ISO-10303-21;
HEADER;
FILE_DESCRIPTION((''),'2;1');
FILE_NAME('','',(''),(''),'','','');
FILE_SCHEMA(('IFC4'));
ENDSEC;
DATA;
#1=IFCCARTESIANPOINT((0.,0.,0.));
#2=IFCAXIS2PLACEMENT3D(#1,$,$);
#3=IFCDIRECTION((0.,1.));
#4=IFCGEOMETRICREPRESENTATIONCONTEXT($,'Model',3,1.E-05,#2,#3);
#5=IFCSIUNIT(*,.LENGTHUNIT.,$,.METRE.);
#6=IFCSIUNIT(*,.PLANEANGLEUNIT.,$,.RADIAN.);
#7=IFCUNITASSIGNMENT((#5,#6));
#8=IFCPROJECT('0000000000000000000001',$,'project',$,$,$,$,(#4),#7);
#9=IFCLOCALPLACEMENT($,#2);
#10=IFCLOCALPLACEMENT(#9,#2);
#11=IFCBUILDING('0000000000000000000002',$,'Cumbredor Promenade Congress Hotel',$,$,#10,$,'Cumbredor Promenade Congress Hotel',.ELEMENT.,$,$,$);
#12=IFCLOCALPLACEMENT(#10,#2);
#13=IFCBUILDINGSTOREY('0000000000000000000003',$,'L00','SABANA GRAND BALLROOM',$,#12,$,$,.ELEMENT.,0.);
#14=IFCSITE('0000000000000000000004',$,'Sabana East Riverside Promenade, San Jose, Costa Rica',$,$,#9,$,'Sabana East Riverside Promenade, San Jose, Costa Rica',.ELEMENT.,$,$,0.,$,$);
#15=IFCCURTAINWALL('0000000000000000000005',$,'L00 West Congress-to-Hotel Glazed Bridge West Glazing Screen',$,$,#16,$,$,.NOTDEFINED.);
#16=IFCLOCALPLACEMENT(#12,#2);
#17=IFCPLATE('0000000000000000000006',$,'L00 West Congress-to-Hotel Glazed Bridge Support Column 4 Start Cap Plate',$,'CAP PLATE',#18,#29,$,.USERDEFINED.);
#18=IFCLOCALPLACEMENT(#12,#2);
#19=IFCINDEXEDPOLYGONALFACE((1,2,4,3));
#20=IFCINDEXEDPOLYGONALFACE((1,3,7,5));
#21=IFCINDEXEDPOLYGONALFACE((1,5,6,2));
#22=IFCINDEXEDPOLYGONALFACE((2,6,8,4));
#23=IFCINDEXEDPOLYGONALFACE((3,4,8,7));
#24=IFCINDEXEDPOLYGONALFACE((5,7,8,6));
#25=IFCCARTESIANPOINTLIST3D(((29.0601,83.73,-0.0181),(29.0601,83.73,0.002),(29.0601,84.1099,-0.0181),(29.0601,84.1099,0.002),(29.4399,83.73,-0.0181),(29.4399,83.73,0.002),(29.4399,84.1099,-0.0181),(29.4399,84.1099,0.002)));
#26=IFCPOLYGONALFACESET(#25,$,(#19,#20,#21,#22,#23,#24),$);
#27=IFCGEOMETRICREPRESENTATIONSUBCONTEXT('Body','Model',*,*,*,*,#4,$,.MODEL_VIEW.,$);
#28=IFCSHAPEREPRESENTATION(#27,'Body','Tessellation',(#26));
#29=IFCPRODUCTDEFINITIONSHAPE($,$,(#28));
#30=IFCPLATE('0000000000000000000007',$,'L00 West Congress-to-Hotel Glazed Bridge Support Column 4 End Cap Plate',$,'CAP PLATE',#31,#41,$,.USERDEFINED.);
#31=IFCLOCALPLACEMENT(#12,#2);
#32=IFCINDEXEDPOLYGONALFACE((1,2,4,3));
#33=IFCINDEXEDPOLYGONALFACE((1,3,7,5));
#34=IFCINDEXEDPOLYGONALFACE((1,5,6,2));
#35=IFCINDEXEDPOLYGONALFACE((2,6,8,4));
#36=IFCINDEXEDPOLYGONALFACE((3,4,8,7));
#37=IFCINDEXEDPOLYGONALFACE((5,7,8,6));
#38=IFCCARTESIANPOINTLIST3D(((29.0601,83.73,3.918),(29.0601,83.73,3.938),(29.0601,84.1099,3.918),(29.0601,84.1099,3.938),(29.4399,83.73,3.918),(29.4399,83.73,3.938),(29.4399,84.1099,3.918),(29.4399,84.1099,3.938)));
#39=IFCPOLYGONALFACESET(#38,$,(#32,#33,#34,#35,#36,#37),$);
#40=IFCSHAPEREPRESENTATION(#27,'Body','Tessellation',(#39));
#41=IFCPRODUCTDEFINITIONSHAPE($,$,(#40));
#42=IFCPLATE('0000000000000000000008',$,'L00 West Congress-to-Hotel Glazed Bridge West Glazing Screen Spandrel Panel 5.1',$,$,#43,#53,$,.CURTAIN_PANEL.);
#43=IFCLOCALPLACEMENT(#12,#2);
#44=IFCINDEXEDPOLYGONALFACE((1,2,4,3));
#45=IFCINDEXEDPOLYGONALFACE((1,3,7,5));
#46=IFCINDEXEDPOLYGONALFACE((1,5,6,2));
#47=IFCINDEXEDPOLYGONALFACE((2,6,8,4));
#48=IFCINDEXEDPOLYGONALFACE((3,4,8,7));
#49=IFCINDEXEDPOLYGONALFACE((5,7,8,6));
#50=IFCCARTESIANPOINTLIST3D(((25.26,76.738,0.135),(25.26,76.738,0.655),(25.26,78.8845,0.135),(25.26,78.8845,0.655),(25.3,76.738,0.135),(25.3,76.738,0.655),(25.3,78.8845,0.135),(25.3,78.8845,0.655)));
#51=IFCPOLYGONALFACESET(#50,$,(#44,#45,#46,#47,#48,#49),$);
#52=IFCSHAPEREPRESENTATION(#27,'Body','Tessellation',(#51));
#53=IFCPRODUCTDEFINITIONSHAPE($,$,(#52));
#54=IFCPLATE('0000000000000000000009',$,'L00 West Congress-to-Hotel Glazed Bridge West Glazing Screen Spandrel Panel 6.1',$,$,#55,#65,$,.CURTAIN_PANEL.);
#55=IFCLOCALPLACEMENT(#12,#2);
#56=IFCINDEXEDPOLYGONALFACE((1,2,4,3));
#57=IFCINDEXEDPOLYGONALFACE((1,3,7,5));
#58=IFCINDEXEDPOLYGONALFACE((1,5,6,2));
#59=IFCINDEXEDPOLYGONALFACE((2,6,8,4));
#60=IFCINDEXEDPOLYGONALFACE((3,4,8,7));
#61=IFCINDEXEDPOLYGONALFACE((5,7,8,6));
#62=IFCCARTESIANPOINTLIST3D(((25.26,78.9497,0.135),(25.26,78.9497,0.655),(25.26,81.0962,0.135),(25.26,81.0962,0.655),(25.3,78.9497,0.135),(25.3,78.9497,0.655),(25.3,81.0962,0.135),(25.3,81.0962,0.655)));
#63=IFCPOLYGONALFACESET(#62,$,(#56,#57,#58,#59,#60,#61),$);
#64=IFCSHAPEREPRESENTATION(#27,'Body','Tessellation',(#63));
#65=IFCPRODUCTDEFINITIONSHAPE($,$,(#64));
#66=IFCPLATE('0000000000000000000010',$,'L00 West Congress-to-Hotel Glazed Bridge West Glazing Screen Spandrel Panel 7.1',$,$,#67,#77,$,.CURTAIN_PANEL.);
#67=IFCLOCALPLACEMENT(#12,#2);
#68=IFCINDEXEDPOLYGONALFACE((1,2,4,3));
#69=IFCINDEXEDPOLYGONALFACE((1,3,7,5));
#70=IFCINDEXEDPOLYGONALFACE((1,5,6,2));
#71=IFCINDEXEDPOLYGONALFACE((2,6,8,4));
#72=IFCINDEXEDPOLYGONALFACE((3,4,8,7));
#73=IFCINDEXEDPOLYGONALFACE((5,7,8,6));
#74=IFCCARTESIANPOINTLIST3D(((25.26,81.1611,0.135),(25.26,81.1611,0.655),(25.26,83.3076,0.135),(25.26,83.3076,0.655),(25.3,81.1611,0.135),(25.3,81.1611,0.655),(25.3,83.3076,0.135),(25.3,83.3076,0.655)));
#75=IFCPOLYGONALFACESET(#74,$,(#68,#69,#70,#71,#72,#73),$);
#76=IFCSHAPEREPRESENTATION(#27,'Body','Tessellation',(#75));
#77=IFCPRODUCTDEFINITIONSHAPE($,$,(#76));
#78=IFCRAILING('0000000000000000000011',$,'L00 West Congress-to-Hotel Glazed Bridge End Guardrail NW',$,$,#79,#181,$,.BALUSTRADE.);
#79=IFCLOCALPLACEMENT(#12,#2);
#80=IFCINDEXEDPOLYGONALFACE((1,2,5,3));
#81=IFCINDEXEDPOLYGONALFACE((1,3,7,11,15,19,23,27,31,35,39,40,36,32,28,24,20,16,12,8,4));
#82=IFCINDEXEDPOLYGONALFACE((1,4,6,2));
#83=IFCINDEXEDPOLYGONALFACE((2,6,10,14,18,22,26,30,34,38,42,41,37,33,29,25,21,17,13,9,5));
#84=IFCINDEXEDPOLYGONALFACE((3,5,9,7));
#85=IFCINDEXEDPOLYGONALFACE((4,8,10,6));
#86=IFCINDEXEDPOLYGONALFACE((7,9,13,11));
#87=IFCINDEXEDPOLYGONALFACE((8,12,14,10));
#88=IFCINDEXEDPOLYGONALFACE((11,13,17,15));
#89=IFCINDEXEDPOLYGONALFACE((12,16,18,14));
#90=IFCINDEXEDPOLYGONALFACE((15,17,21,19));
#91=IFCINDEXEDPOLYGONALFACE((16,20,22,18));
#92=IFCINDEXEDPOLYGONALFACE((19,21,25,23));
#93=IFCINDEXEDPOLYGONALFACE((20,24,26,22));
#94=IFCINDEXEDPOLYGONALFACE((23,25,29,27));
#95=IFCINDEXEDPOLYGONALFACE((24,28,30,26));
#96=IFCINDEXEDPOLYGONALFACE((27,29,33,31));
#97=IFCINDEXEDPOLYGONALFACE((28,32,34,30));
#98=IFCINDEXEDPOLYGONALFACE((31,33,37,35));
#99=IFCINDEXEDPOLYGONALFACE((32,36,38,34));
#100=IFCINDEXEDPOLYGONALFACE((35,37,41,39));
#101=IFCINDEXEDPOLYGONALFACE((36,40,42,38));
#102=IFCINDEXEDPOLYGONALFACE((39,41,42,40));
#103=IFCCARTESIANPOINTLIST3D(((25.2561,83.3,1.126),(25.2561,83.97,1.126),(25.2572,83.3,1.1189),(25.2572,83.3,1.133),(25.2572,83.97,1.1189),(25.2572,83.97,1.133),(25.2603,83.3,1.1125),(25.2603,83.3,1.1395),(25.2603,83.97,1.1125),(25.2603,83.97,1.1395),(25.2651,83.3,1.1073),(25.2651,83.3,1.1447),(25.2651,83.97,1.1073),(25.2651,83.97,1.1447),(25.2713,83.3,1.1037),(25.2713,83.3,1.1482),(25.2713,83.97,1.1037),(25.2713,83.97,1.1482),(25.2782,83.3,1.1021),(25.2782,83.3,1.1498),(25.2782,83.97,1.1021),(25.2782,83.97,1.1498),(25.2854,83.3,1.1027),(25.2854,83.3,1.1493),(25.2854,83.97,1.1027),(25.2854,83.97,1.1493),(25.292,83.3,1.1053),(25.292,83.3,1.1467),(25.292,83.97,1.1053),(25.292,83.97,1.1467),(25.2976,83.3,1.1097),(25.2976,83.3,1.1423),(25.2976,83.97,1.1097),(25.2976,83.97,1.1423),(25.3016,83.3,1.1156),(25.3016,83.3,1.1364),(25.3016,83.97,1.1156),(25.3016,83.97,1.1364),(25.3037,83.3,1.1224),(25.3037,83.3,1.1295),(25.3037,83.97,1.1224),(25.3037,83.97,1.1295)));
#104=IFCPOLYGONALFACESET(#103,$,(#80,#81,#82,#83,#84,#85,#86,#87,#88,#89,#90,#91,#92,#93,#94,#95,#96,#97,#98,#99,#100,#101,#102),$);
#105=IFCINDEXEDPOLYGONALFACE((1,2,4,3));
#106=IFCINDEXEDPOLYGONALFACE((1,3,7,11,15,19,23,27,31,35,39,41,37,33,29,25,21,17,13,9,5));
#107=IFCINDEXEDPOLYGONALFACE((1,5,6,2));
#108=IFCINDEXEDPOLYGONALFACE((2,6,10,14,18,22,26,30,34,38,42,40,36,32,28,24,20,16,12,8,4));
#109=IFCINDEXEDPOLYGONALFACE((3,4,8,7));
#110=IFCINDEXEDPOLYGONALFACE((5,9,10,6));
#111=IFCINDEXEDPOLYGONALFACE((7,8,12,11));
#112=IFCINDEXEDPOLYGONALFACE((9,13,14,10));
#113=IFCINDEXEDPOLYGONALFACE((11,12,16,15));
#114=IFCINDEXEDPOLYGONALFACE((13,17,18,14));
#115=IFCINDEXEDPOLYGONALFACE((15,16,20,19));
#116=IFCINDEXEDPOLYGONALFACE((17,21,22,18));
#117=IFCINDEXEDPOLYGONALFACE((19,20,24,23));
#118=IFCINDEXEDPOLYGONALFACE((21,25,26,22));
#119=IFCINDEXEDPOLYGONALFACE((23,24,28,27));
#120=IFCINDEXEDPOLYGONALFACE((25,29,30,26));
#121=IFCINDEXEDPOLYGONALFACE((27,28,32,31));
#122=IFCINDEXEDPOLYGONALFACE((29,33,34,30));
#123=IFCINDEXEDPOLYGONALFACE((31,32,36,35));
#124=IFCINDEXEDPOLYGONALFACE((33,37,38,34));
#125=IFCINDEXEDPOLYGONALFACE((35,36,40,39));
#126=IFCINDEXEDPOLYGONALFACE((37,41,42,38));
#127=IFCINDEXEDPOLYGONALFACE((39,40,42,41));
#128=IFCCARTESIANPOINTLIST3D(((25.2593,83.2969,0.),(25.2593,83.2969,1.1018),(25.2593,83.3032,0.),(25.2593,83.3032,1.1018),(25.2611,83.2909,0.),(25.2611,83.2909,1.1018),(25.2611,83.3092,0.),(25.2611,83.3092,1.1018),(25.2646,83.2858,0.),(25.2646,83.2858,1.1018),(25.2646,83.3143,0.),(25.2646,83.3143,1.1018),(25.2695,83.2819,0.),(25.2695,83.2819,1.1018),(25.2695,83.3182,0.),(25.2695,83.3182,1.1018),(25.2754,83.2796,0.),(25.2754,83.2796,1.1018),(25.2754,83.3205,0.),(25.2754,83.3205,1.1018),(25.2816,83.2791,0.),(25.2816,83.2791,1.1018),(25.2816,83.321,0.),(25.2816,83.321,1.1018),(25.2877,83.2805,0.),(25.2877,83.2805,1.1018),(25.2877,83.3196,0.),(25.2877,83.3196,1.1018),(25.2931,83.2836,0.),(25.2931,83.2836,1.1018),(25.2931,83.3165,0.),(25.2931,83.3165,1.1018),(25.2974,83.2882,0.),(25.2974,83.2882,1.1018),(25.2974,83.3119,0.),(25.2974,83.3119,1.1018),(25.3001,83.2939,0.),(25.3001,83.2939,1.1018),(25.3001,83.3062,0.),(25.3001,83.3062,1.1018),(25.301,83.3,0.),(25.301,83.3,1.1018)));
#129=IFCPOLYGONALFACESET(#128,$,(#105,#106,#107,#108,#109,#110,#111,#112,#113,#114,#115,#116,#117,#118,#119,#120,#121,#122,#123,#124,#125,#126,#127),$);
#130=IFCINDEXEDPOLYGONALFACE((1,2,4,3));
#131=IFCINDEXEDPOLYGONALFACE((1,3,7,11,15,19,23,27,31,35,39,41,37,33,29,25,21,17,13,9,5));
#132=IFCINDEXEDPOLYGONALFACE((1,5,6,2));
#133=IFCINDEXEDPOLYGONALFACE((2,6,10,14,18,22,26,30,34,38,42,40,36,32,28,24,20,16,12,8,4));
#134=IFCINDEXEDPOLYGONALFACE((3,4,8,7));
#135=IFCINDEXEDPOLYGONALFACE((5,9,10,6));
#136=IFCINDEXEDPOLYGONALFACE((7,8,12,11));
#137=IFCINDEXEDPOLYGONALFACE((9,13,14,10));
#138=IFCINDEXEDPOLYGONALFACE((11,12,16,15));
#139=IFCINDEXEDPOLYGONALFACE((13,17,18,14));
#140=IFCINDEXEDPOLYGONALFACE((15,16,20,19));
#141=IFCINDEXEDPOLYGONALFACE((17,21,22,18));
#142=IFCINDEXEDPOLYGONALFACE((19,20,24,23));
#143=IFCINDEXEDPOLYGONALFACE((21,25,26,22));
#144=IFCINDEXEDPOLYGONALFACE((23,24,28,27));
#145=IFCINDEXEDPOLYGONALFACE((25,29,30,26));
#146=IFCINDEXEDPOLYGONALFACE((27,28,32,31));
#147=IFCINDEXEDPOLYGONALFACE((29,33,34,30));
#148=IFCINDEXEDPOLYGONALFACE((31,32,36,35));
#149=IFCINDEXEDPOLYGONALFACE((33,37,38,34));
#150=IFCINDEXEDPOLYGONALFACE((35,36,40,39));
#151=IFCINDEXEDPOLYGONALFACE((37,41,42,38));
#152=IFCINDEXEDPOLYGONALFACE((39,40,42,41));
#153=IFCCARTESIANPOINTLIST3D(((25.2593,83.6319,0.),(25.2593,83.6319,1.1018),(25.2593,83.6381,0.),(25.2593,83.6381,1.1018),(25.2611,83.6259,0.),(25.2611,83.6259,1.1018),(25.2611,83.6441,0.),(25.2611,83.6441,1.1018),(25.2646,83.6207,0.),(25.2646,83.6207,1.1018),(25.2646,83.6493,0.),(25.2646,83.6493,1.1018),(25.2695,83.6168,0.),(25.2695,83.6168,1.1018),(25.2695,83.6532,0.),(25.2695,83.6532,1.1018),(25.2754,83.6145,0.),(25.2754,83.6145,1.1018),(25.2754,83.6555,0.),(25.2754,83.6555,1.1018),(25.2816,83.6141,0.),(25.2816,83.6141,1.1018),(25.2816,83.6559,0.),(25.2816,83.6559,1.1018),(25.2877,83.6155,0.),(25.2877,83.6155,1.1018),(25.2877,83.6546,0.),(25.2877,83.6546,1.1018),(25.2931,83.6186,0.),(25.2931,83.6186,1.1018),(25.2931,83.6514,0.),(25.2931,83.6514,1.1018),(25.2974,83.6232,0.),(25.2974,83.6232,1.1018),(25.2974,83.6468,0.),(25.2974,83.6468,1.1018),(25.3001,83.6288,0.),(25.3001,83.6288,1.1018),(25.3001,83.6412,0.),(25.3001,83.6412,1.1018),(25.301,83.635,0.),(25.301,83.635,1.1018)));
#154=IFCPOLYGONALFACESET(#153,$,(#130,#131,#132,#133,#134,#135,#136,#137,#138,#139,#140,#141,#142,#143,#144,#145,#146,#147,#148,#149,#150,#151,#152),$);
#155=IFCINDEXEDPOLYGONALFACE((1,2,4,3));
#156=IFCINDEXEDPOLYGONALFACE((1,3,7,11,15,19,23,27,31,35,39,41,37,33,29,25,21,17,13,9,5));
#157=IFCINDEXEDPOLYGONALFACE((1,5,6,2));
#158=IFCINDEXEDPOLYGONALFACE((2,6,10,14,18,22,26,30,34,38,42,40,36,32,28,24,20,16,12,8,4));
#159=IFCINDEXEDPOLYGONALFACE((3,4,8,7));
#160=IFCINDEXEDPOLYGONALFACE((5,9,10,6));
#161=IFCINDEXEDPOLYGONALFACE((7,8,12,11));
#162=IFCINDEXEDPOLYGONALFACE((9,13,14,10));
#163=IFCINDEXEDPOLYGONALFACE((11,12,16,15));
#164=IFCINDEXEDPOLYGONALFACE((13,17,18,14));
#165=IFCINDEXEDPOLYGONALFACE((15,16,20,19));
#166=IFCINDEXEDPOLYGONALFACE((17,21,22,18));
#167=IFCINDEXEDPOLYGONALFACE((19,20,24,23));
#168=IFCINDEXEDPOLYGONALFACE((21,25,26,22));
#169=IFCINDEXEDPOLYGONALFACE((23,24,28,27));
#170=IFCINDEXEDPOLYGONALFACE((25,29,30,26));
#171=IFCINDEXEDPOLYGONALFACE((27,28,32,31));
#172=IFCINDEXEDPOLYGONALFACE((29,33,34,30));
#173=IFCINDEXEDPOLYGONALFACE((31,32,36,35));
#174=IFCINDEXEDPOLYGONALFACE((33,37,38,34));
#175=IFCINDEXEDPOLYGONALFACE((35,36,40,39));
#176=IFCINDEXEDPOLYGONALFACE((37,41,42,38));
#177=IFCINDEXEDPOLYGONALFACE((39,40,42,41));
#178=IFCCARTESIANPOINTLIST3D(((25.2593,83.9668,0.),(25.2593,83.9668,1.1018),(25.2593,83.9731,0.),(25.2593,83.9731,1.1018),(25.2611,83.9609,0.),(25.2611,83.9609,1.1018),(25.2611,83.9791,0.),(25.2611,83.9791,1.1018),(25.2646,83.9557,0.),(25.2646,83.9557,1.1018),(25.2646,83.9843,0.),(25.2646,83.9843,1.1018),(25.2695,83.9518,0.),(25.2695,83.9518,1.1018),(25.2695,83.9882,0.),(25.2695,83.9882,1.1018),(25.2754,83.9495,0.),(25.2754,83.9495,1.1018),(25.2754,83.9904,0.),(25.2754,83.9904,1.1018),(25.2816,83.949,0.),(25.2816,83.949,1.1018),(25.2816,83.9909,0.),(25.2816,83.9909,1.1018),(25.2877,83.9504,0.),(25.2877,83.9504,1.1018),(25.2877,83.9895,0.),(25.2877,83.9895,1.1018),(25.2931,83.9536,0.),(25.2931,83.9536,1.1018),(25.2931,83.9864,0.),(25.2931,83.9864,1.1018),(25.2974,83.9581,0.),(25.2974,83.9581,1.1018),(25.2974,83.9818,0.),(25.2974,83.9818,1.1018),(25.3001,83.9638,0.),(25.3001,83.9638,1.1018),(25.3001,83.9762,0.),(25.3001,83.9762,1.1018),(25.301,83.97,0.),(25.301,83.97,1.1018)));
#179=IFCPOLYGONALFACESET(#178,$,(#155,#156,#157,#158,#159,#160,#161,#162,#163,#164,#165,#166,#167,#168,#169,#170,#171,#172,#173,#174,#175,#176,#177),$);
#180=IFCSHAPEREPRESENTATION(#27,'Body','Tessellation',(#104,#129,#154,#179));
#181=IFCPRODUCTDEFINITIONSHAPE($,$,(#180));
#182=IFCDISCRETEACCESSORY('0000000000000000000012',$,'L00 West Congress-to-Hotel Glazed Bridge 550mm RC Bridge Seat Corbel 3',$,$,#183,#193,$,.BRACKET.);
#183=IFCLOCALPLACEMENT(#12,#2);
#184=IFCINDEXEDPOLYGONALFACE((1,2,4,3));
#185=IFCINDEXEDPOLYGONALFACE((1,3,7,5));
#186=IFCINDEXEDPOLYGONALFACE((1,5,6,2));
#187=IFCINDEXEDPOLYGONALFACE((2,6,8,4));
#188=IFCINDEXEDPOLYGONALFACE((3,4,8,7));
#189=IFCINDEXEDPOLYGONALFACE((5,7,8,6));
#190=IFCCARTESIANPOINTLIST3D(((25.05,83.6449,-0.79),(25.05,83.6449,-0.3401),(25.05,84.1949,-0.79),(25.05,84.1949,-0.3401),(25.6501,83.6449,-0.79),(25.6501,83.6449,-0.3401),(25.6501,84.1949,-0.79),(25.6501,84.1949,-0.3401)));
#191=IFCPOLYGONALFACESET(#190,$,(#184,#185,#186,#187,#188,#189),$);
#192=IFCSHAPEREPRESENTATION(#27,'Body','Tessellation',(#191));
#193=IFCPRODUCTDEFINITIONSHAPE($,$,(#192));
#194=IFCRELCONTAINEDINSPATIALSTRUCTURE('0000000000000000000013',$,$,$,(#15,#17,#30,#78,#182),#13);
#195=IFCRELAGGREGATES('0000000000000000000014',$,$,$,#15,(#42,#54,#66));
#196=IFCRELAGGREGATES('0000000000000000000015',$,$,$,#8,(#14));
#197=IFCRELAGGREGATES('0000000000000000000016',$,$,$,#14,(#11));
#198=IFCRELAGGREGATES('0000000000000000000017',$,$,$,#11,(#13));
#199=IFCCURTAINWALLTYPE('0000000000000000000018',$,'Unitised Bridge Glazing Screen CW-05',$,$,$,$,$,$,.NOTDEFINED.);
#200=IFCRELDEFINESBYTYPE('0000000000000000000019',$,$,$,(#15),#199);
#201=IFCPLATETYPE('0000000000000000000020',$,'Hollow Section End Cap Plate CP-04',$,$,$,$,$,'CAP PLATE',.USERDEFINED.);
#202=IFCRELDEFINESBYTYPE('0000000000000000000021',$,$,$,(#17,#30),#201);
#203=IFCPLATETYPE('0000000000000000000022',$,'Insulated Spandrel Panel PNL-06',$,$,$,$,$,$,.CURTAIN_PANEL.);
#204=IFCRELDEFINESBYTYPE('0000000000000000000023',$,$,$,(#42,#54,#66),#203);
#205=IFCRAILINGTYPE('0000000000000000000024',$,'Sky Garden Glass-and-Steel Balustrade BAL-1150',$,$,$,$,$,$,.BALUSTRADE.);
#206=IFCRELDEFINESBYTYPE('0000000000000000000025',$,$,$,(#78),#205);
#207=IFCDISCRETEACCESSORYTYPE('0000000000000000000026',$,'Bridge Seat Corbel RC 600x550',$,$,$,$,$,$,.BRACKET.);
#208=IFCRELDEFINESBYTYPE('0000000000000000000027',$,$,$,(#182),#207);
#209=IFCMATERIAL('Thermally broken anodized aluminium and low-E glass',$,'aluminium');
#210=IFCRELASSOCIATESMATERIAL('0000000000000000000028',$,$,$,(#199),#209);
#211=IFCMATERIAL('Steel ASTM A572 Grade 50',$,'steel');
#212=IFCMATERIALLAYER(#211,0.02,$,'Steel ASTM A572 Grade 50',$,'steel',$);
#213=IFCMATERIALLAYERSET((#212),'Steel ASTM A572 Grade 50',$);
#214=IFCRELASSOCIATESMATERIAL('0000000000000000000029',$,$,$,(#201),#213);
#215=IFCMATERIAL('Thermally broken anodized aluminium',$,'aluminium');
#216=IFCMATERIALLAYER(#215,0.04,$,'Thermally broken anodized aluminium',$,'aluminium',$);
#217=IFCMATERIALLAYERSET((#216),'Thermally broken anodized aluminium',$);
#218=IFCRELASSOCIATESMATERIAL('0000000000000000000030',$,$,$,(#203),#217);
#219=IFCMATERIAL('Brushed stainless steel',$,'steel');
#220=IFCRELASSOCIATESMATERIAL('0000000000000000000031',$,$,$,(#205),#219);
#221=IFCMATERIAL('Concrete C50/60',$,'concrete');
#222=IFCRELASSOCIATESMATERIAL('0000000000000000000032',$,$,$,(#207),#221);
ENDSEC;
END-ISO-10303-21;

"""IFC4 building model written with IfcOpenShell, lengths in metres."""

from ifc_helpers import new_model, si_unit, direction, frame, origin, origin_2d, place, context, subcontext, project, spatial, rectangle, circle, extrude, material, layer, layer_set, type_object, element, aggregate, save


model = new_model("IFC4")

# Units and contexts
model_context = context("Model", 3, precision=1e-05, world=origin(), true_north=direction((0.0, 1.0)))
body_context = subcontext(model_context, "Body", "Model", "MODEL_VIEW")
ifc_project = project(units=[si_unit("LENGTHUNIT", "METRE"), si_unit("PLANEANGLEUNIT", "RADIAN")], contexts=[model_context])

# Site, building, storey
site_placement = place(None, origin())
site = spatial("IfcSite", under=ifc_project, at=site_placement, Name="Sabana East Riverside Promenade, San Jose, Costa Rica", LongName="Sabana East Riverside Promenade, San Jose, Costa Rica", CompositionType="ELEMENT", RefElevation=0.0)
building_placement = place(site_placement, origin())
building = spatial("IfcBuilding", under=site, at=building_placement, Name="Cumbredor Promenade Congress Hotel", LongName="Cumbredor Promenade Congress Hotel", CompositionType="ELEMENT")
storey_placement = place(building_placement, origin())
storey = spatial("IfcBuildingStorey", under=building, at=storey_placement, Name="L00", Description="SABANA GRAND BALLROOM", CompositionType="ELEMENT", Elevation=0.0)

# Curtain wall
ifc_material_1 = material(Name="Thermally broken anodized aluminium and low-E glass", Category="aluminium")
curtain_wall_type = type_object("IfcCurtainWallType", Name="Unitised Bridge Glazing Screen CW-05", PredefinedType="NOTDEFINED", material=ifc_material_1)
curtain_wall_placement = place(storey_placement, origin())
curtain_wall = element("IfcCurtainWall", 1, at=curtain_wall_placement, inside=storey, type_object=curtain_wall_type, Name="L00 West Congress-to-Hotel Glazed Bridge West Glazing Screen", PredefinedType="NOTDEFINED")
ifc_material_2 = material(Name="Thermally broken anodized aluminium", Category="aluminium")

# Plates
ifc_material_3 = material(Name="Steel ASTM A572 Grade 50", Category="steel")
ifc_layer_1 = layer(ifc_material_3, 0.02, Name="Steel ASTM A572 Grade 50", Category="steel")
ifc_layer_set_1 = layer_set([ifc_layer_1], Name="Steel ASTM A572 Grade 50")
plate_type_1 = type_object("IfcPlateType", Name="Hollow Section End Cap Plate CP-04", ElementType="CAP PLATE", PredefinedType="USERDEFINED", material=ifc_layer_set_1)
for number, where, z_axis, x_axis, name in (
    (2, (29.25, 83.9199, -0.0181), (0.0, 0.0, 1.0), (1.0, 0.0, 0.0), "L00 West Congress-to-Hotel Glazed Bridge Support Column 4 Start Cap Plate"),
    (3, (29.25, 83.9199, 3.918), (0.0, 0.0, 1.0), (1.0, 0.0, 0.0), "L00 West Congress-to-Hotel Glazed Bridge Support Column 4 End Cap Plate"),
):
    element("IfcPlate", number, at=place(storey_placement, frame(where, z_axis=z_axis, x_axis=x_axis)), inside=storey, type_object=plate_type_1, Name=name, ObjectType="CAP PLATE", PredefinedType="USERDEFINED", context=body_context, shape_type="SweptSolid", body=[
        extrude(rectangle(XDim=0.3799, YDim=0.3799, at=origin_2d()), origin(), (0.0, 0.0, 1.0), 0.02),
    ])

# Plates
ifc_layer_2 = layer(ifc_material_2, 0.04, Name="Thermally broken anodized aluminium", Category="aluminium")
ifc_layer_set_2 = layer_set([ifc_layer_2], Name="Thermally broken anodized aluminium")
plate_type_2 = type_object("IfcPlateType", Name="Insulated Spandrel Panel PNL-06", PredefinedType="CURTAIN_PANEL", material=ifc_layer_set_2)
plate_1_placement = place(storey_placement, frame((25.28, 77.8113, 0.135), z_axis=(0.0, 0.0, 1.0), x_axis=(0.0, 1.0, 0.0)))
plate_1 = element("IfcPlate", 4, at=plate_1_placement, type_object=plate_type_2, Name="L00 West Congress-to-Hotel Glazed Bridge West Glazing Screen Spandrel Panel 5.1", PredefinedType="CURTAIN_PANEL", context=body_context, shape_type="SweptSolid", body=[
    extrude(rectangle(XDim=2.1465, YDim=0.04, at=origin_2d()), origin(), (0.0, 0.0, 1.0), 0.52),
])
plate_2_placement = place(storey_placement, frame((25.28, 80.0229, 0.135), z_axis=(0.0, 0.0, 1.0), x_axis=(0.0, 1.0, 0.0)))
plate_2 = element("IfcPlate", 5, at=plate_2_placement, type_object=plate_type_2, Name="L00 West Congress-to-Hotel Glazed Bridge West Glazing Screen Spandrel Panel 6.1", PredefinedType="CURTAIN_PANEL", context=body_context, shape_type="SweptSolid", body=[
    extrude(rectangle(XDim=2.1465, YDim=0.04, at=origin_2d()), origin(), (0.0, 0.0, 1.0), 0.52),
])
plate_3_placement = place(storey_placement, frame((25.28, 82.2344, 0.135), z_axis=(0.0, 0.0, 1.0), x_axis=(0.0, 1.0, 0.0)))
plate_3 = element("IfcPlate", 6, at=plate_3_placement, type_object=plate_type_2, Name="L00 West Congress-to-Hotel Glazed Bridge West Glazing Screen Spandrel Panel 7.1", PredefinedType="CURTAIN_PANEL", context=body_context, shape_type="SweptSolid", body=[
    extrude(rectangle(XDim=2.1465, YDim=0.04, at=origin_2d()), origin(), (0.0, 0.0, 1.0), 0.52),
])
aggregate(curtain_wall, [plate_1, plate_2, plate_3])

# Railing
ifc_material_4 = material(Name="Brushed stainless steel", Category="steel")
railing_type = type_object("IfcRailingType", Name="Sky Garden Glass-and-Steel Balustrade BAL-1150", PredefinedType="BALUSTRADE", material=ifc_material_4)
railing_placement = place(storey_placement, frame((25.28, 83.3, 0.0)))
element("IfcRailing", 7, at=railing_placement, inside=storey, type_object=railing_type, Name="L00 West Congress-to-Hotel Glazed Bridge End Guardrail NW", PredefinedType="BALUSTRADE", context=body_context, shape_type="SweptSolid", body=[
    extrude(circle(Radius=0.0239, at=origin_2d()), frame((0.0, 0.0, 1.126), z_axis=(0.0, 1.0, 0.0), x_axis=(-1.0, 0.0, 0.0)), (0.0, 0.0, 1.0), 0.6699),
    extrude(circle(Radius=0.021, at=origin_2d()), origin(), (0.0, 0.0, 1.0), 1.1018),
    extrude(circle(Radius=0.021, at=origin_2d()), frame((0.0, 0.335, 0.0)), (0.0, 0.0, 1.0), 1.1018),
    extrude(circle(Radius=0.021, at=origin_2d()), frame((0.0, 0.6699, 0.0)), (0.0, 0.0, 1.0), 1.1018),
])

# Discrete accessory
ifc_material_5 = material(Name="Concrete C50/60", Category="concrete")
discrete_accessory_type_1 = type_object("IfcDiscreteAccessoryType", Name="Bridge Seat Corbel RC 600x550", PredefinedType="BRACKET", material=ifc_material_5)
discrete_accessory_placement = place(storey_placement, frame((25.3501, 83.9199, -0.79), z_axis=(0.0, 0.0, 1.0), x_axis=(0.0, 1.0, 0.0)))
element("IfcDiscreteAccessory", 8, at=discrete_accessory_placement, inside=storey, type_object=discrete_accessory_type_1, Name="L00 West Congress-to-Hotel Glazed Bridge 550mm RC Bridge Seat Corbel 3", PredefinedType="BRACKET", context=body_context, shape_type="SweptSolid", body=[
    extrude(rectangle(XDim=0.55, YDim=0.6001, at=origin_2d()), origin(), (0.0, 0.0, 1.0), 0.45),
])

save(model, "model.ifc")
